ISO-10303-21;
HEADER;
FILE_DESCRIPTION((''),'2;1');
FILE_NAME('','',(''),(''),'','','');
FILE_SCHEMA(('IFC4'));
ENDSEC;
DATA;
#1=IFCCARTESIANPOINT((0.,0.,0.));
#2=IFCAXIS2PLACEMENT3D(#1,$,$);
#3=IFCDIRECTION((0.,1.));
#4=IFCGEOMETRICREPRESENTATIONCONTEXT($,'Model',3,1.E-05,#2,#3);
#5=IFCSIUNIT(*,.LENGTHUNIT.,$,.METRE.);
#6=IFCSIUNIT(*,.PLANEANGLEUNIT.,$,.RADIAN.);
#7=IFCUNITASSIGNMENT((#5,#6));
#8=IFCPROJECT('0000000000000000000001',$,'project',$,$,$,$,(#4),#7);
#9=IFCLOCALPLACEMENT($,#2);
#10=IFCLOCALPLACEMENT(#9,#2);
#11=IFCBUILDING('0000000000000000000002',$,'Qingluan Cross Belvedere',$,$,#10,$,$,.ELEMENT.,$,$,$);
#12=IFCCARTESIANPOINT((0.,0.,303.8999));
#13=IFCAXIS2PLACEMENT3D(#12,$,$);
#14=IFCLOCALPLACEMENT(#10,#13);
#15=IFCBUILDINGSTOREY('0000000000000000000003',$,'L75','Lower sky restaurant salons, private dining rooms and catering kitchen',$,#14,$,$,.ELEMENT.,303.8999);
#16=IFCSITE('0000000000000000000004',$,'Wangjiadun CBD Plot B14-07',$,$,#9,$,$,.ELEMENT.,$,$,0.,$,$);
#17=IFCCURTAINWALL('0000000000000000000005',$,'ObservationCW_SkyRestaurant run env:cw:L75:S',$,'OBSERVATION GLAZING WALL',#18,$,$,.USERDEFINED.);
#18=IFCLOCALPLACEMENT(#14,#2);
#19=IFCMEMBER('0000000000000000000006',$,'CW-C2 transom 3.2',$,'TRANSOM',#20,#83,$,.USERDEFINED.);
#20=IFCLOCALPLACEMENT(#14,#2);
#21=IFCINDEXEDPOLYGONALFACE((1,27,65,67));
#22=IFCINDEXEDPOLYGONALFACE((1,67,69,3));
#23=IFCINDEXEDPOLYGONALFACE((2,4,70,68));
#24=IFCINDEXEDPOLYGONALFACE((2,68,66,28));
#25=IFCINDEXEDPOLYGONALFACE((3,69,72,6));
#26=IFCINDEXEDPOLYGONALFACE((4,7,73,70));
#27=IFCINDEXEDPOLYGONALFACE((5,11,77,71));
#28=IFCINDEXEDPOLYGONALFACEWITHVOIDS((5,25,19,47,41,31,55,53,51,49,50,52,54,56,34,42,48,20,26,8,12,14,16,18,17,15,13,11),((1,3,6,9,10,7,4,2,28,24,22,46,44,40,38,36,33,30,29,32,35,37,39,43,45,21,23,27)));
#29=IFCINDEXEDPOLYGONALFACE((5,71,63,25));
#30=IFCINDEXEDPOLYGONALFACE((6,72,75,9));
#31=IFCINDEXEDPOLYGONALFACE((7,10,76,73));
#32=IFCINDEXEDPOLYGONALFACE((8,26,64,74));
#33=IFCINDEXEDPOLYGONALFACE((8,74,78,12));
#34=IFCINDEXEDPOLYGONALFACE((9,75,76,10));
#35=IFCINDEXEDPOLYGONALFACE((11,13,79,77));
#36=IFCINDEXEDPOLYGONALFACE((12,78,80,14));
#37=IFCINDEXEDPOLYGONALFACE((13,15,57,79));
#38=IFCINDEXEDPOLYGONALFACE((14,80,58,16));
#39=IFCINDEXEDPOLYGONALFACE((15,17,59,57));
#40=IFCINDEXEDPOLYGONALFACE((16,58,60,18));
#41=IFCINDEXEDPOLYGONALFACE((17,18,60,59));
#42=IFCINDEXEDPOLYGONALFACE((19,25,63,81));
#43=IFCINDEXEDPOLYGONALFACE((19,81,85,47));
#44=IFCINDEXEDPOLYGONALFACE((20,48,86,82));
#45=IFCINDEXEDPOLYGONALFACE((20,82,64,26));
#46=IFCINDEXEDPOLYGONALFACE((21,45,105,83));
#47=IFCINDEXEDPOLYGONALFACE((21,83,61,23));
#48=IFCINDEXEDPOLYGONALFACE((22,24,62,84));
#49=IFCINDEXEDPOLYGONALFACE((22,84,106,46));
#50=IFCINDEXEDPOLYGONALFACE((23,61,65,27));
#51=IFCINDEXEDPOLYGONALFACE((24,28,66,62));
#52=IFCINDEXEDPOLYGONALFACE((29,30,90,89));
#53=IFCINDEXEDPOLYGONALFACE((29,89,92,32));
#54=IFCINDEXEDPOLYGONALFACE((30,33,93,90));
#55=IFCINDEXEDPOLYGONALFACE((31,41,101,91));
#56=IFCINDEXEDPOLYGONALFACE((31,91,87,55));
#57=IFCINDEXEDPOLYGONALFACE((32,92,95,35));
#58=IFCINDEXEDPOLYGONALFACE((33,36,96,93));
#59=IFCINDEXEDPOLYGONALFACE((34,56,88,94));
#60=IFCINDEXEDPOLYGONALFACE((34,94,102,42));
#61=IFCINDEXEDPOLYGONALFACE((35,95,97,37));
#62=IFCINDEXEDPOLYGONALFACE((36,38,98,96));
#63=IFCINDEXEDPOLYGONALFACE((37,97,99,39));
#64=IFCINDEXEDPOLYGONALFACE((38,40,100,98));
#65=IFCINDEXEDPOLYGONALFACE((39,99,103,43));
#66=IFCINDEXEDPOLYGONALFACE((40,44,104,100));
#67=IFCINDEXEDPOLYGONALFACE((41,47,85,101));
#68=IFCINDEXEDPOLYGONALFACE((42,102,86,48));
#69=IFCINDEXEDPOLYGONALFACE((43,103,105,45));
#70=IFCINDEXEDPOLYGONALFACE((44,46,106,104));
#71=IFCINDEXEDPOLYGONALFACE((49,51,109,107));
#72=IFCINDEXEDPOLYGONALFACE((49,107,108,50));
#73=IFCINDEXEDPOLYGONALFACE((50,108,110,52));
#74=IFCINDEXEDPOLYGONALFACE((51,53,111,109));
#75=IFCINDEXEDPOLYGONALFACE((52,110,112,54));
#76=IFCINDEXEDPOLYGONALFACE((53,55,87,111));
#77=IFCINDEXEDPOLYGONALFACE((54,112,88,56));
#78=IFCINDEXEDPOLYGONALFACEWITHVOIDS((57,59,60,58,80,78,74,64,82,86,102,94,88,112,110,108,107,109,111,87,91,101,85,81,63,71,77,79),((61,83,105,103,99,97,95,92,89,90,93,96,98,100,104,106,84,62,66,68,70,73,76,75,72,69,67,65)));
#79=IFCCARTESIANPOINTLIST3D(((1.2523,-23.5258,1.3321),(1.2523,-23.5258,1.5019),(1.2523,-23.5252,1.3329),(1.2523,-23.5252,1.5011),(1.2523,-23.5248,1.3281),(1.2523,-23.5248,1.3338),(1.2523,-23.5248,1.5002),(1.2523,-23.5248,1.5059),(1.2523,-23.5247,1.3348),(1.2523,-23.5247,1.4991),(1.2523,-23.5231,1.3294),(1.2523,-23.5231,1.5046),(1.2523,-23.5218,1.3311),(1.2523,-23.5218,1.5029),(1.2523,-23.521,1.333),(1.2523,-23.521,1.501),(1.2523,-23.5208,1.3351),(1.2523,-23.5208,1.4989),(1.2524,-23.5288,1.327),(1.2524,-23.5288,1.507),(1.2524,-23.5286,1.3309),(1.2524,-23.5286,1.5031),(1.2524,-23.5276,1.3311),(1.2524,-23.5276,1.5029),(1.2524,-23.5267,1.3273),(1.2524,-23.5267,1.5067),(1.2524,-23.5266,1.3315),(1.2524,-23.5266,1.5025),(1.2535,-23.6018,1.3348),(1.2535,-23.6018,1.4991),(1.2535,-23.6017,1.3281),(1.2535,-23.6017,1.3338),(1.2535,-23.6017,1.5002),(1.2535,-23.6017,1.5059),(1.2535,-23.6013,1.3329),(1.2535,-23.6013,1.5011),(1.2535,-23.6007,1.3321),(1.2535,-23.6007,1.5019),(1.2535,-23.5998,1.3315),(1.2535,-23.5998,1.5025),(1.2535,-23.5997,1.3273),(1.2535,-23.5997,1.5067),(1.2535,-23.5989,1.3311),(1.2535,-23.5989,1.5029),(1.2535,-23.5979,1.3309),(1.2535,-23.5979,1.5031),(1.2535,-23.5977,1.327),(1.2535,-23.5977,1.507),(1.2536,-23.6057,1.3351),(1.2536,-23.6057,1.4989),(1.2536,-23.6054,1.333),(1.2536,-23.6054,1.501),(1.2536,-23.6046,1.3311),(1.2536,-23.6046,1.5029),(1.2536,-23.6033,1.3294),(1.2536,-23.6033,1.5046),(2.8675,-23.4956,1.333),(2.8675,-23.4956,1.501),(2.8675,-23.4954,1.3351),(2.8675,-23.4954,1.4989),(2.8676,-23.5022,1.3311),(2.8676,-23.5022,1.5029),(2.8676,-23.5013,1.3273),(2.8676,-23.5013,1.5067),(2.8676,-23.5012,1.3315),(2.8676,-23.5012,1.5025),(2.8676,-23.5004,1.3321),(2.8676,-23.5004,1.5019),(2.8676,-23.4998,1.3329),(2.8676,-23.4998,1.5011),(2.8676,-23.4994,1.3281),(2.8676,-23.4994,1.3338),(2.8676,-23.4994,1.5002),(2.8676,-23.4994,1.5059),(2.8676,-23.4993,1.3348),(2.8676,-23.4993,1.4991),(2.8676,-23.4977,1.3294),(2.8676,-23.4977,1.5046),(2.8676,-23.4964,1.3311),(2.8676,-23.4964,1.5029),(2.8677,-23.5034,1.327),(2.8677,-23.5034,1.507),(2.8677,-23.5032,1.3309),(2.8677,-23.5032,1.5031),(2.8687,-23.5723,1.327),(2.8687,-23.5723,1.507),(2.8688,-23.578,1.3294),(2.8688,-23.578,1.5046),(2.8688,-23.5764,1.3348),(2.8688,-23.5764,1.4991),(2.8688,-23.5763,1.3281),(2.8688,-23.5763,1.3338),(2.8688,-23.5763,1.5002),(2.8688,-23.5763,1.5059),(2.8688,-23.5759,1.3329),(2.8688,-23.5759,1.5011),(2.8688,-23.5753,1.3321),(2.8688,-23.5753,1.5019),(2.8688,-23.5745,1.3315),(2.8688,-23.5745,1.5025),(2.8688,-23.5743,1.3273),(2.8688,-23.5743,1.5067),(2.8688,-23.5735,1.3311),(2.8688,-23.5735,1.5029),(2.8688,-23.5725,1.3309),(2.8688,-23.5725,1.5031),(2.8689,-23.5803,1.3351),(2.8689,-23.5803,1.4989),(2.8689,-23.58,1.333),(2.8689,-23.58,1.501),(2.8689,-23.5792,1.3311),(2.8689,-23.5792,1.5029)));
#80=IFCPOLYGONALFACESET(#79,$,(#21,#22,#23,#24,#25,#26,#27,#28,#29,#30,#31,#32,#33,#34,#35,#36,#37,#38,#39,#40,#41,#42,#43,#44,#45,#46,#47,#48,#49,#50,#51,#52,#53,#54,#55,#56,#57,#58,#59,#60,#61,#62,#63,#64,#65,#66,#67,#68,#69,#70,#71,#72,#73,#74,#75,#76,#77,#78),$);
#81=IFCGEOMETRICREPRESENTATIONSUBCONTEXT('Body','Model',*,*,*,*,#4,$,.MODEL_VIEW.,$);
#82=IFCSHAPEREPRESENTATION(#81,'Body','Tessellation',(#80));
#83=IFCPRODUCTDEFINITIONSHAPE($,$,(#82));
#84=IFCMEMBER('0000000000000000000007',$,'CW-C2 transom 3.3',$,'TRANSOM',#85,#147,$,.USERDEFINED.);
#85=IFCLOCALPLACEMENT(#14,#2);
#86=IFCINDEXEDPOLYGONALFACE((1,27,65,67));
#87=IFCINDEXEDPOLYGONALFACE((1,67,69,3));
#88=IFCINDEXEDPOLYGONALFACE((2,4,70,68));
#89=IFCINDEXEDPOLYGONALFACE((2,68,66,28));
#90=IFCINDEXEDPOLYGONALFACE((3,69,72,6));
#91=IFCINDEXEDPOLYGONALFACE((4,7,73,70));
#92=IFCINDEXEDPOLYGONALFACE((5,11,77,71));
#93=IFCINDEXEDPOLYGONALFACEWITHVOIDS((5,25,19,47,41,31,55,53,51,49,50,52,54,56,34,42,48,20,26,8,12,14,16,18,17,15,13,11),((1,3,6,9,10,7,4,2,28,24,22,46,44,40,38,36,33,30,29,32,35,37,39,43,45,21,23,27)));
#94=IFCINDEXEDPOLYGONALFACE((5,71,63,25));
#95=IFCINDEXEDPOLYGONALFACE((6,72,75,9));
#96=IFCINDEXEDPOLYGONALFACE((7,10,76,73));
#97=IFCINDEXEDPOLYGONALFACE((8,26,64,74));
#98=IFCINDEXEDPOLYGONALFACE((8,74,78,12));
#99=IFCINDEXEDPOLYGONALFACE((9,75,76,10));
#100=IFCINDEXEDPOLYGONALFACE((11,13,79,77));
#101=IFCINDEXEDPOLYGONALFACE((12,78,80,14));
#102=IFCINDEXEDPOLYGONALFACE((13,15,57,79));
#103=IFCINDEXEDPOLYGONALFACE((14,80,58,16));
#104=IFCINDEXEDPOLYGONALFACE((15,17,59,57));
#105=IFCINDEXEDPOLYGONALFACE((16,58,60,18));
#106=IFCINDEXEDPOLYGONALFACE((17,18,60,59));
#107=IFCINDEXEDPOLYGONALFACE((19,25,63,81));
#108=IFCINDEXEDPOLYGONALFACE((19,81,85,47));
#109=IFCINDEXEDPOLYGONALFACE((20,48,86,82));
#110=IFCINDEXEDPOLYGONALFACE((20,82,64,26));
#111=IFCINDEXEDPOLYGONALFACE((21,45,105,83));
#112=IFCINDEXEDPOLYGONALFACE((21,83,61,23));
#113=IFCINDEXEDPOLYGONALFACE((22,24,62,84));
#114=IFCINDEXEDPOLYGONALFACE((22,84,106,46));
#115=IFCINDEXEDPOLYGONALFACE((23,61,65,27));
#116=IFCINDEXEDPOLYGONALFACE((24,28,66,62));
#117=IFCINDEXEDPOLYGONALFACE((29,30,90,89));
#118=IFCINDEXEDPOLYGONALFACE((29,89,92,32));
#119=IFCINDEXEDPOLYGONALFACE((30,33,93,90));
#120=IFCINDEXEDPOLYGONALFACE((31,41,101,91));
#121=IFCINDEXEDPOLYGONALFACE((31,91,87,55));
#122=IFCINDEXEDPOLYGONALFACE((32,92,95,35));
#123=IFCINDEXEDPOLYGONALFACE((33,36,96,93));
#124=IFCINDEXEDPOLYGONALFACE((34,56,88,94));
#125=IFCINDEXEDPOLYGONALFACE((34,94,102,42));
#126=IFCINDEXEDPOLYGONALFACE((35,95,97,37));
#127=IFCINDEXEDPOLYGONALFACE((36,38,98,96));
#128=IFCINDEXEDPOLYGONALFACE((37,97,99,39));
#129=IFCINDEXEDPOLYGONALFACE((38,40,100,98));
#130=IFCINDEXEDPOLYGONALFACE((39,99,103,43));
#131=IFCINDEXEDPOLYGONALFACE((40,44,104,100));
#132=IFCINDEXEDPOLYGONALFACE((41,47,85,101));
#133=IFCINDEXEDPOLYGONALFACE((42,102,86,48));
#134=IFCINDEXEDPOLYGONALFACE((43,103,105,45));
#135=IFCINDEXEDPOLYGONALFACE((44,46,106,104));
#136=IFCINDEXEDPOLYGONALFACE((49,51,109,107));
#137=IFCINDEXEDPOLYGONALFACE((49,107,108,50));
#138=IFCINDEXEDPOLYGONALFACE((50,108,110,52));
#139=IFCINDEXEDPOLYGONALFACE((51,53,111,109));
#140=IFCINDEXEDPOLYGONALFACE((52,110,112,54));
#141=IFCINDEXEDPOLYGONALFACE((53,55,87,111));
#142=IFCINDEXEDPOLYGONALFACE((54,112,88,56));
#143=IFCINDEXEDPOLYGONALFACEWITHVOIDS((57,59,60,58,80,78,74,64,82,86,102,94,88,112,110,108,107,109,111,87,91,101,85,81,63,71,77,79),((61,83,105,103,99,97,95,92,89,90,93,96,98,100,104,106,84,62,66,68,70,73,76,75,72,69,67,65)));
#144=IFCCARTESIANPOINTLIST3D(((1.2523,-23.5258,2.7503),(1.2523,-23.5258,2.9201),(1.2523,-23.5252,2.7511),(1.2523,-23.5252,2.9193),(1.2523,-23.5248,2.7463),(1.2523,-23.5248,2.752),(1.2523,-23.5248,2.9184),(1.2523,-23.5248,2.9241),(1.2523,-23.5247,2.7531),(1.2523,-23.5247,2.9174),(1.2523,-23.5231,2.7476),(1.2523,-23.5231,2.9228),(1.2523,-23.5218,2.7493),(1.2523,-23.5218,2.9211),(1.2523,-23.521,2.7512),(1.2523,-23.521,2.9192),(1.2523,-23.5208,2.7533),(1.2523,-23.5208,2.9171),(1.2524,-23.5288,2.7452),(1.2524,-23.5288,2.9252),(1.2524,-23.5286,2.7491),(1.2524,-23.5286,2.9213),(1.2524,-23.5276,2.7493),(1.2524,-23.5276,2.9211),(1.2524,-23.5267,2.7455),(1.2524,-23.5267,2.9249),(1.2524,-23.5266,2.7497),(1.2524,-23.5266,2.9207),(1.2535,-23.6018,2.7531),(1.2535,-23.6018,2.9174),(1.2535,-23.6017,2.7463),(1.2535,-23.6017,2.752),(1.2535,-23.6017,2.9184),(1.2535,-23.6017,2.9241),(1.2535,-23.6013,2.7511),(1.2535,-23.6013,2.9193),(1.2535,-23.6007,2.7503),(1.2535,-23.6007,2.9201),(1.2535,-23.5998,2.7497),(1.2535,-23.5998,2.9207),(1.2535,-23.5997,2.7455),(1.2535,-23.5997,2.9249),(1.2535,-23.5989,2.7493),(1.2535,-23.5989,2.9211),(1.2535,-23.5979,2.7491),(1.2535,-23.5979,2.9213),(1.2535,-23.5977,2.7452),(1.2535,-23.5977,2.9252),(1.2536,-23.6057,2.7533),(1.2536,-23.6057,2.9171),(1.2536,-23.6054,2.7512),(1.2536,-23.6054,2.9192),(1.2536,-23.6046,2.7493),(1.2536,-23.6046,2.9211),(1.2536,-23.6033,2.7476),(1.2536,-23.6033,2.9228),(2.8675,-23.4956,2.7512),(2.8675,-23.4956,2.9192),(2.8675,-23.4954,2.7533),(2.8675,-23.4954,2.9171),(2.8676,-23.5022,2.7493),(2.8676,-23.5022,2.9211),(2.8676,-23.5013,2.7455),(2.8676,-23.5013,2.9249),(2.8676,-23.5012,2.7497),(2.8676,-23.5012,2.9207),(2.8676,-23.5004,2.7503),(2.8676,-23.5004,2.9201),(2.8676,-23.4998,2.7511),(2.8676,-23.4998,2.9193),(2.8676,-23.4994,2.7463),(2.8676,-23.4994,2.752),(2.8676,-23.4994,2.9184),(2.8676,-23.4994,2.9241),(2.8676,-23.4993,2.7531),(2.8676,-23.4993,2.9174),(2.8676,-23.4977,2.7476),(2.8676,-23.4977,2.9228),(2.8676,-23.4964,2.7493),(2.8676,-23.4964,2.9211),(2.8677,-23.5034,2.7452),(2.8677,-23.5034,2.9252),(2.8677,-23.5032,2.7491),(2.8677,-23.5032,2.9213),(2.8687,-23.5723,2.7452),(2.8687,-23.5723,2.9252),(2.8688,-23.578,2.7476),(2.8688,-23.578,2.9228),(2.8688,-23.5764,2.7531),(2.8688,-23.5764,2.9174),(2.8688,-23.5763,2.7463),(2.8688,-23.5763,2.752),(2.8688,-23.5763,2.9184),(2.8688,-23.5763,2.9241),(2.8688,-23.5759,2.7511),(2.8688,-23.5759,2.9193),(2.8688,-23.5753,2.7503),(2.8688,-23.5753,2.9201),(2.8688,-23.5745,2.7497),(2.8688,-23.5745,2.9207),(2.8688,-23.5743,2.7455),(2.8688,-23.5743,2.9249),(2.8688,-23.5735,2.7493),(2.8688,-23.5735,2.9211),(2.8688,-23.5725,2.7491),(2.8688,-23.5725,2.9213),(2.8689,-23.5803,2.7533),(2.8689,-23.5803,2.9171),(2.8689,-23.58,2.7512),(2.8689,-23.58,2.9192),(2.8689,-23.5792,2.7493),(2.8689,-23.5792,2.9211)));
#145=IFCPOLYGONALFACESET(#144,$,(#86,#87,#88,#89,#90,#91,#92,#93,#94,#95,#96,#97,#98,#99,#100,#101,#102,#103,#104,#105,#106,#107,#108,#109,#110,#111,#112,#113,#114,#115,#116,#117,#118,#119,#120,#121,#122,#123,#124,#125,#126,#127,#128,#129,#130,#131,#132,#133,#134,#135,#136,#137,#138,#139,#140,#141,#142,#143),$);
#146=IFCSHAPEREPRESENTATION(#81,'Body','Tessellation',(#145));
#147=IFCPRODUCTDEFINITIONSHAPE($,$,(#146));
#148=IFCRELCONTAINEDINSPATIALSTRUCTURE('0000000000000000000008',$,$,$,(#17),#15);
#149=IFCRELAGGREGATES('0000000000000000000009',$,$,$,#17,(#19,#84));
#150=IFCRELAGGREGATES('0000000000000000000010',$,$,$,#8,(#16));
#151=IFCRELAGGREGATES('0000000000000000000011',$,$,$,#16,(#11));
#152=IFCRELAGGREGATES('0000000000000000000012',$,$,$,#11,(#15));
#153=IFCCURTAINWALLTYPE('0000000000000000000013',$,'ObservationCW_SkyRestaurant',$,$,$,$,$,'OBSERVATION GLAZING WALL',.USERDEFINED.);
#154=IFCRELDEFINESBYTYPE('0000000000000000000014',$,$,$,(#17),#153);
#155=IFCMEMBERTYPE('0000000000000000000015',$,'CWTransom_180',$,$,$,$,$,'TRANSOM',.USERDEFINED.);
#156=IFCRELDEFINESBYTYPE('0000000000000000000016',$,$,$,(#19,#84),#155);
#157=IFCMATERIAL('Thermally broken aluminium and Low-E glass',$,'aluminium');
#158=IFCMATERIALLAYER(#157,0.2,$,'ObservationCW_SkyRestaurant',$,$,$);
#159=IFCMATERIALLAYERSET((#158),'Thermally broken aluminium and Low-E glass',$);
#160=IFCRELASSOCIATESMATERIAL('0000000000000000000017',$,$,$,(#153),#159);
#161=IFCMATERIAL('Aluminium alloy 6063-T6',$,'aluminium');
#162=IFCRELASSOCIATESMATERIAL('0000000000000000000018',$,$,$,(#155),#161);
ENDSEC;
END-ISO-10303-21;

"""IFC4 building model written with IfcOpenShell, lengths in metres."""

from ifc_helpers import new_model, si_unit, direction, frame, origin, origin_2d, place, context, subcontext, project, spatial, hollow_rectangle, extrude, material, layer, layer_set, material_profile, profile_set, type_object, element, aggregate, save


model = new_model("IFC4")

# Units and contexts
model_context = context("Model", 3, precision=1e-05, world=origin(), true_north=direction((0.0, 1.0)))
body_context = subcontext(model_context, "Body", "Model", "MODEL_VIEW")
ifc_project = project(units=[si_unit("LENGTHUNIT", "METRE"), si_unit("PLANEANGLEUNIT", "RADIAN")], contexts=[model_context])

# Site, building, storey
site_placement = place(None, origin())
site = spatial("IfcSite", under=ifc_project, at=site_placement, Name="Wangjiadun CBD Plot B14-07", CompositionType="ELEMENT", RefElevation=0.0)
building_placement = place(site_placement, origin())
building = spatial("IfcBuilding", under=site, at=building_placement, Name="Qingluan Cross Belvedere", CompositionType="ELEMENT")
storey_placement = place(building_placement, frame((0.0, 0.0, 303.8999)))
storey = spatial("IfcBuildingStorey", under=building, at=storey_placement, Name="L75", Description="Lower sky restaurant salons, private dining rooms and catering kitchen", CompositionType="ELEMENT", Elevation=303.8999)

# Curtain wall, members
ifc_material_1 = material(Name="Thermally broken aluminium and Low-E glass", Category="aluminium")
ifc_layer_1 = layer(ifc_material_1, 0.2, Name="ObservationCW_SkyRestaurant")
ifc_layer_set_1 = layer_set([ifc_layer_1], Name="Thermally broken aluminium and Low-E glass")
curtain_wall_type = type_object("IfcCurtainWallType", Name="ObservationCW_SkyRestaurant", ElementType="OBSERVATION GLAZING WALL", PredefinedType="USERDEFINED", material=ifc_layer_set_1)
curtain_wall_placement = place(storey_placement, origin())
curtain_wall = element("IfcCurtainWall", 1, at=curtain_wall_placement, inside=storey, type_object=curtain_wall_type, Name="ObservationCW_SkyRestaurant run env:cw:L75:S", ObjectType="OBSERVATION GLAZING WALL", PredefinedType="USERDEFINED")
ifc_material_2 = material(Name="Aluminium alloy 6063-T6", Category="aluminium")
ifc_material_profile_1 = material_profile(ifc_material_2, hollow_rectangle(XDim=0.085, YDim=0.1799, WallThickness=0.0039, InnerFilletRadius=0.0039, OuterFilletRadius=0.0081, at=origin_2d()), Name="CWT180x85x4")
ifc_profile_set_1 = profile_set([ifc_material_profile_1], Name="Aluminium alloy 6063-T6")
member_type_1 = type_object("IfcMemberType", Name="CWTransom_180", ElementType="TRANSOM", PredefinedType="USERDEFINED", material=ifc_profile_set_1)
member_1_placement = place(storey_placement, frame((1.2529, -23.5632, 1.417), z_axis=(0.999876, 0.015718, 0.0), x_axis=(-0.015718, 0.999876, 0.0)))
member_1 = element("IfcMember", 2, at=member_1_placement, type_object=member_type_1, Name="CW-C2 transom 3.2", ObjectType="TRANSOM", PredefinedType="USERDEFINED", context=body_context, shape_type="SweptSolid", body=[
    extrude(hollow_rectangle(XDim=0.085, YDim=0.1799, WallThickness=0.0039, InnerFilletRadius=0.0039, OuterFilletRadius=0.0081, at=origin_2d()), origin(), (0.0, 0.0, 1.0), 1.6155),
])
member_2_placement = place(storey_placement, frame((1.2529, -23.5632, 2.8352), z_axis=(0.999876, 0.015718, 0.0), x_axis=(-0.015718, 0.999876, 0.0)))
member_2 = element("IfcMember", 3, at=member_2_placement, type_object=member_type_1, Name="CW-C2 transom 3.3", ObjectType="TRANSOM", PredefinedType="USERDEFINED", context=body_context, shape_type="SweptSolid", body=[
    extrude(hollow_rectangle(XDim=0.085, YDim=0.1799, WallThickness=0.0039, InnerFilletRadius=0.0039, OuterFilletRadius=0.0081, at=origin_2d()), origin(), (0.0, 0.0, 1.0), 1.6155),
])
aggregate(curtain_wall, [member_1, member_2])

save(model, "model.ifc")
